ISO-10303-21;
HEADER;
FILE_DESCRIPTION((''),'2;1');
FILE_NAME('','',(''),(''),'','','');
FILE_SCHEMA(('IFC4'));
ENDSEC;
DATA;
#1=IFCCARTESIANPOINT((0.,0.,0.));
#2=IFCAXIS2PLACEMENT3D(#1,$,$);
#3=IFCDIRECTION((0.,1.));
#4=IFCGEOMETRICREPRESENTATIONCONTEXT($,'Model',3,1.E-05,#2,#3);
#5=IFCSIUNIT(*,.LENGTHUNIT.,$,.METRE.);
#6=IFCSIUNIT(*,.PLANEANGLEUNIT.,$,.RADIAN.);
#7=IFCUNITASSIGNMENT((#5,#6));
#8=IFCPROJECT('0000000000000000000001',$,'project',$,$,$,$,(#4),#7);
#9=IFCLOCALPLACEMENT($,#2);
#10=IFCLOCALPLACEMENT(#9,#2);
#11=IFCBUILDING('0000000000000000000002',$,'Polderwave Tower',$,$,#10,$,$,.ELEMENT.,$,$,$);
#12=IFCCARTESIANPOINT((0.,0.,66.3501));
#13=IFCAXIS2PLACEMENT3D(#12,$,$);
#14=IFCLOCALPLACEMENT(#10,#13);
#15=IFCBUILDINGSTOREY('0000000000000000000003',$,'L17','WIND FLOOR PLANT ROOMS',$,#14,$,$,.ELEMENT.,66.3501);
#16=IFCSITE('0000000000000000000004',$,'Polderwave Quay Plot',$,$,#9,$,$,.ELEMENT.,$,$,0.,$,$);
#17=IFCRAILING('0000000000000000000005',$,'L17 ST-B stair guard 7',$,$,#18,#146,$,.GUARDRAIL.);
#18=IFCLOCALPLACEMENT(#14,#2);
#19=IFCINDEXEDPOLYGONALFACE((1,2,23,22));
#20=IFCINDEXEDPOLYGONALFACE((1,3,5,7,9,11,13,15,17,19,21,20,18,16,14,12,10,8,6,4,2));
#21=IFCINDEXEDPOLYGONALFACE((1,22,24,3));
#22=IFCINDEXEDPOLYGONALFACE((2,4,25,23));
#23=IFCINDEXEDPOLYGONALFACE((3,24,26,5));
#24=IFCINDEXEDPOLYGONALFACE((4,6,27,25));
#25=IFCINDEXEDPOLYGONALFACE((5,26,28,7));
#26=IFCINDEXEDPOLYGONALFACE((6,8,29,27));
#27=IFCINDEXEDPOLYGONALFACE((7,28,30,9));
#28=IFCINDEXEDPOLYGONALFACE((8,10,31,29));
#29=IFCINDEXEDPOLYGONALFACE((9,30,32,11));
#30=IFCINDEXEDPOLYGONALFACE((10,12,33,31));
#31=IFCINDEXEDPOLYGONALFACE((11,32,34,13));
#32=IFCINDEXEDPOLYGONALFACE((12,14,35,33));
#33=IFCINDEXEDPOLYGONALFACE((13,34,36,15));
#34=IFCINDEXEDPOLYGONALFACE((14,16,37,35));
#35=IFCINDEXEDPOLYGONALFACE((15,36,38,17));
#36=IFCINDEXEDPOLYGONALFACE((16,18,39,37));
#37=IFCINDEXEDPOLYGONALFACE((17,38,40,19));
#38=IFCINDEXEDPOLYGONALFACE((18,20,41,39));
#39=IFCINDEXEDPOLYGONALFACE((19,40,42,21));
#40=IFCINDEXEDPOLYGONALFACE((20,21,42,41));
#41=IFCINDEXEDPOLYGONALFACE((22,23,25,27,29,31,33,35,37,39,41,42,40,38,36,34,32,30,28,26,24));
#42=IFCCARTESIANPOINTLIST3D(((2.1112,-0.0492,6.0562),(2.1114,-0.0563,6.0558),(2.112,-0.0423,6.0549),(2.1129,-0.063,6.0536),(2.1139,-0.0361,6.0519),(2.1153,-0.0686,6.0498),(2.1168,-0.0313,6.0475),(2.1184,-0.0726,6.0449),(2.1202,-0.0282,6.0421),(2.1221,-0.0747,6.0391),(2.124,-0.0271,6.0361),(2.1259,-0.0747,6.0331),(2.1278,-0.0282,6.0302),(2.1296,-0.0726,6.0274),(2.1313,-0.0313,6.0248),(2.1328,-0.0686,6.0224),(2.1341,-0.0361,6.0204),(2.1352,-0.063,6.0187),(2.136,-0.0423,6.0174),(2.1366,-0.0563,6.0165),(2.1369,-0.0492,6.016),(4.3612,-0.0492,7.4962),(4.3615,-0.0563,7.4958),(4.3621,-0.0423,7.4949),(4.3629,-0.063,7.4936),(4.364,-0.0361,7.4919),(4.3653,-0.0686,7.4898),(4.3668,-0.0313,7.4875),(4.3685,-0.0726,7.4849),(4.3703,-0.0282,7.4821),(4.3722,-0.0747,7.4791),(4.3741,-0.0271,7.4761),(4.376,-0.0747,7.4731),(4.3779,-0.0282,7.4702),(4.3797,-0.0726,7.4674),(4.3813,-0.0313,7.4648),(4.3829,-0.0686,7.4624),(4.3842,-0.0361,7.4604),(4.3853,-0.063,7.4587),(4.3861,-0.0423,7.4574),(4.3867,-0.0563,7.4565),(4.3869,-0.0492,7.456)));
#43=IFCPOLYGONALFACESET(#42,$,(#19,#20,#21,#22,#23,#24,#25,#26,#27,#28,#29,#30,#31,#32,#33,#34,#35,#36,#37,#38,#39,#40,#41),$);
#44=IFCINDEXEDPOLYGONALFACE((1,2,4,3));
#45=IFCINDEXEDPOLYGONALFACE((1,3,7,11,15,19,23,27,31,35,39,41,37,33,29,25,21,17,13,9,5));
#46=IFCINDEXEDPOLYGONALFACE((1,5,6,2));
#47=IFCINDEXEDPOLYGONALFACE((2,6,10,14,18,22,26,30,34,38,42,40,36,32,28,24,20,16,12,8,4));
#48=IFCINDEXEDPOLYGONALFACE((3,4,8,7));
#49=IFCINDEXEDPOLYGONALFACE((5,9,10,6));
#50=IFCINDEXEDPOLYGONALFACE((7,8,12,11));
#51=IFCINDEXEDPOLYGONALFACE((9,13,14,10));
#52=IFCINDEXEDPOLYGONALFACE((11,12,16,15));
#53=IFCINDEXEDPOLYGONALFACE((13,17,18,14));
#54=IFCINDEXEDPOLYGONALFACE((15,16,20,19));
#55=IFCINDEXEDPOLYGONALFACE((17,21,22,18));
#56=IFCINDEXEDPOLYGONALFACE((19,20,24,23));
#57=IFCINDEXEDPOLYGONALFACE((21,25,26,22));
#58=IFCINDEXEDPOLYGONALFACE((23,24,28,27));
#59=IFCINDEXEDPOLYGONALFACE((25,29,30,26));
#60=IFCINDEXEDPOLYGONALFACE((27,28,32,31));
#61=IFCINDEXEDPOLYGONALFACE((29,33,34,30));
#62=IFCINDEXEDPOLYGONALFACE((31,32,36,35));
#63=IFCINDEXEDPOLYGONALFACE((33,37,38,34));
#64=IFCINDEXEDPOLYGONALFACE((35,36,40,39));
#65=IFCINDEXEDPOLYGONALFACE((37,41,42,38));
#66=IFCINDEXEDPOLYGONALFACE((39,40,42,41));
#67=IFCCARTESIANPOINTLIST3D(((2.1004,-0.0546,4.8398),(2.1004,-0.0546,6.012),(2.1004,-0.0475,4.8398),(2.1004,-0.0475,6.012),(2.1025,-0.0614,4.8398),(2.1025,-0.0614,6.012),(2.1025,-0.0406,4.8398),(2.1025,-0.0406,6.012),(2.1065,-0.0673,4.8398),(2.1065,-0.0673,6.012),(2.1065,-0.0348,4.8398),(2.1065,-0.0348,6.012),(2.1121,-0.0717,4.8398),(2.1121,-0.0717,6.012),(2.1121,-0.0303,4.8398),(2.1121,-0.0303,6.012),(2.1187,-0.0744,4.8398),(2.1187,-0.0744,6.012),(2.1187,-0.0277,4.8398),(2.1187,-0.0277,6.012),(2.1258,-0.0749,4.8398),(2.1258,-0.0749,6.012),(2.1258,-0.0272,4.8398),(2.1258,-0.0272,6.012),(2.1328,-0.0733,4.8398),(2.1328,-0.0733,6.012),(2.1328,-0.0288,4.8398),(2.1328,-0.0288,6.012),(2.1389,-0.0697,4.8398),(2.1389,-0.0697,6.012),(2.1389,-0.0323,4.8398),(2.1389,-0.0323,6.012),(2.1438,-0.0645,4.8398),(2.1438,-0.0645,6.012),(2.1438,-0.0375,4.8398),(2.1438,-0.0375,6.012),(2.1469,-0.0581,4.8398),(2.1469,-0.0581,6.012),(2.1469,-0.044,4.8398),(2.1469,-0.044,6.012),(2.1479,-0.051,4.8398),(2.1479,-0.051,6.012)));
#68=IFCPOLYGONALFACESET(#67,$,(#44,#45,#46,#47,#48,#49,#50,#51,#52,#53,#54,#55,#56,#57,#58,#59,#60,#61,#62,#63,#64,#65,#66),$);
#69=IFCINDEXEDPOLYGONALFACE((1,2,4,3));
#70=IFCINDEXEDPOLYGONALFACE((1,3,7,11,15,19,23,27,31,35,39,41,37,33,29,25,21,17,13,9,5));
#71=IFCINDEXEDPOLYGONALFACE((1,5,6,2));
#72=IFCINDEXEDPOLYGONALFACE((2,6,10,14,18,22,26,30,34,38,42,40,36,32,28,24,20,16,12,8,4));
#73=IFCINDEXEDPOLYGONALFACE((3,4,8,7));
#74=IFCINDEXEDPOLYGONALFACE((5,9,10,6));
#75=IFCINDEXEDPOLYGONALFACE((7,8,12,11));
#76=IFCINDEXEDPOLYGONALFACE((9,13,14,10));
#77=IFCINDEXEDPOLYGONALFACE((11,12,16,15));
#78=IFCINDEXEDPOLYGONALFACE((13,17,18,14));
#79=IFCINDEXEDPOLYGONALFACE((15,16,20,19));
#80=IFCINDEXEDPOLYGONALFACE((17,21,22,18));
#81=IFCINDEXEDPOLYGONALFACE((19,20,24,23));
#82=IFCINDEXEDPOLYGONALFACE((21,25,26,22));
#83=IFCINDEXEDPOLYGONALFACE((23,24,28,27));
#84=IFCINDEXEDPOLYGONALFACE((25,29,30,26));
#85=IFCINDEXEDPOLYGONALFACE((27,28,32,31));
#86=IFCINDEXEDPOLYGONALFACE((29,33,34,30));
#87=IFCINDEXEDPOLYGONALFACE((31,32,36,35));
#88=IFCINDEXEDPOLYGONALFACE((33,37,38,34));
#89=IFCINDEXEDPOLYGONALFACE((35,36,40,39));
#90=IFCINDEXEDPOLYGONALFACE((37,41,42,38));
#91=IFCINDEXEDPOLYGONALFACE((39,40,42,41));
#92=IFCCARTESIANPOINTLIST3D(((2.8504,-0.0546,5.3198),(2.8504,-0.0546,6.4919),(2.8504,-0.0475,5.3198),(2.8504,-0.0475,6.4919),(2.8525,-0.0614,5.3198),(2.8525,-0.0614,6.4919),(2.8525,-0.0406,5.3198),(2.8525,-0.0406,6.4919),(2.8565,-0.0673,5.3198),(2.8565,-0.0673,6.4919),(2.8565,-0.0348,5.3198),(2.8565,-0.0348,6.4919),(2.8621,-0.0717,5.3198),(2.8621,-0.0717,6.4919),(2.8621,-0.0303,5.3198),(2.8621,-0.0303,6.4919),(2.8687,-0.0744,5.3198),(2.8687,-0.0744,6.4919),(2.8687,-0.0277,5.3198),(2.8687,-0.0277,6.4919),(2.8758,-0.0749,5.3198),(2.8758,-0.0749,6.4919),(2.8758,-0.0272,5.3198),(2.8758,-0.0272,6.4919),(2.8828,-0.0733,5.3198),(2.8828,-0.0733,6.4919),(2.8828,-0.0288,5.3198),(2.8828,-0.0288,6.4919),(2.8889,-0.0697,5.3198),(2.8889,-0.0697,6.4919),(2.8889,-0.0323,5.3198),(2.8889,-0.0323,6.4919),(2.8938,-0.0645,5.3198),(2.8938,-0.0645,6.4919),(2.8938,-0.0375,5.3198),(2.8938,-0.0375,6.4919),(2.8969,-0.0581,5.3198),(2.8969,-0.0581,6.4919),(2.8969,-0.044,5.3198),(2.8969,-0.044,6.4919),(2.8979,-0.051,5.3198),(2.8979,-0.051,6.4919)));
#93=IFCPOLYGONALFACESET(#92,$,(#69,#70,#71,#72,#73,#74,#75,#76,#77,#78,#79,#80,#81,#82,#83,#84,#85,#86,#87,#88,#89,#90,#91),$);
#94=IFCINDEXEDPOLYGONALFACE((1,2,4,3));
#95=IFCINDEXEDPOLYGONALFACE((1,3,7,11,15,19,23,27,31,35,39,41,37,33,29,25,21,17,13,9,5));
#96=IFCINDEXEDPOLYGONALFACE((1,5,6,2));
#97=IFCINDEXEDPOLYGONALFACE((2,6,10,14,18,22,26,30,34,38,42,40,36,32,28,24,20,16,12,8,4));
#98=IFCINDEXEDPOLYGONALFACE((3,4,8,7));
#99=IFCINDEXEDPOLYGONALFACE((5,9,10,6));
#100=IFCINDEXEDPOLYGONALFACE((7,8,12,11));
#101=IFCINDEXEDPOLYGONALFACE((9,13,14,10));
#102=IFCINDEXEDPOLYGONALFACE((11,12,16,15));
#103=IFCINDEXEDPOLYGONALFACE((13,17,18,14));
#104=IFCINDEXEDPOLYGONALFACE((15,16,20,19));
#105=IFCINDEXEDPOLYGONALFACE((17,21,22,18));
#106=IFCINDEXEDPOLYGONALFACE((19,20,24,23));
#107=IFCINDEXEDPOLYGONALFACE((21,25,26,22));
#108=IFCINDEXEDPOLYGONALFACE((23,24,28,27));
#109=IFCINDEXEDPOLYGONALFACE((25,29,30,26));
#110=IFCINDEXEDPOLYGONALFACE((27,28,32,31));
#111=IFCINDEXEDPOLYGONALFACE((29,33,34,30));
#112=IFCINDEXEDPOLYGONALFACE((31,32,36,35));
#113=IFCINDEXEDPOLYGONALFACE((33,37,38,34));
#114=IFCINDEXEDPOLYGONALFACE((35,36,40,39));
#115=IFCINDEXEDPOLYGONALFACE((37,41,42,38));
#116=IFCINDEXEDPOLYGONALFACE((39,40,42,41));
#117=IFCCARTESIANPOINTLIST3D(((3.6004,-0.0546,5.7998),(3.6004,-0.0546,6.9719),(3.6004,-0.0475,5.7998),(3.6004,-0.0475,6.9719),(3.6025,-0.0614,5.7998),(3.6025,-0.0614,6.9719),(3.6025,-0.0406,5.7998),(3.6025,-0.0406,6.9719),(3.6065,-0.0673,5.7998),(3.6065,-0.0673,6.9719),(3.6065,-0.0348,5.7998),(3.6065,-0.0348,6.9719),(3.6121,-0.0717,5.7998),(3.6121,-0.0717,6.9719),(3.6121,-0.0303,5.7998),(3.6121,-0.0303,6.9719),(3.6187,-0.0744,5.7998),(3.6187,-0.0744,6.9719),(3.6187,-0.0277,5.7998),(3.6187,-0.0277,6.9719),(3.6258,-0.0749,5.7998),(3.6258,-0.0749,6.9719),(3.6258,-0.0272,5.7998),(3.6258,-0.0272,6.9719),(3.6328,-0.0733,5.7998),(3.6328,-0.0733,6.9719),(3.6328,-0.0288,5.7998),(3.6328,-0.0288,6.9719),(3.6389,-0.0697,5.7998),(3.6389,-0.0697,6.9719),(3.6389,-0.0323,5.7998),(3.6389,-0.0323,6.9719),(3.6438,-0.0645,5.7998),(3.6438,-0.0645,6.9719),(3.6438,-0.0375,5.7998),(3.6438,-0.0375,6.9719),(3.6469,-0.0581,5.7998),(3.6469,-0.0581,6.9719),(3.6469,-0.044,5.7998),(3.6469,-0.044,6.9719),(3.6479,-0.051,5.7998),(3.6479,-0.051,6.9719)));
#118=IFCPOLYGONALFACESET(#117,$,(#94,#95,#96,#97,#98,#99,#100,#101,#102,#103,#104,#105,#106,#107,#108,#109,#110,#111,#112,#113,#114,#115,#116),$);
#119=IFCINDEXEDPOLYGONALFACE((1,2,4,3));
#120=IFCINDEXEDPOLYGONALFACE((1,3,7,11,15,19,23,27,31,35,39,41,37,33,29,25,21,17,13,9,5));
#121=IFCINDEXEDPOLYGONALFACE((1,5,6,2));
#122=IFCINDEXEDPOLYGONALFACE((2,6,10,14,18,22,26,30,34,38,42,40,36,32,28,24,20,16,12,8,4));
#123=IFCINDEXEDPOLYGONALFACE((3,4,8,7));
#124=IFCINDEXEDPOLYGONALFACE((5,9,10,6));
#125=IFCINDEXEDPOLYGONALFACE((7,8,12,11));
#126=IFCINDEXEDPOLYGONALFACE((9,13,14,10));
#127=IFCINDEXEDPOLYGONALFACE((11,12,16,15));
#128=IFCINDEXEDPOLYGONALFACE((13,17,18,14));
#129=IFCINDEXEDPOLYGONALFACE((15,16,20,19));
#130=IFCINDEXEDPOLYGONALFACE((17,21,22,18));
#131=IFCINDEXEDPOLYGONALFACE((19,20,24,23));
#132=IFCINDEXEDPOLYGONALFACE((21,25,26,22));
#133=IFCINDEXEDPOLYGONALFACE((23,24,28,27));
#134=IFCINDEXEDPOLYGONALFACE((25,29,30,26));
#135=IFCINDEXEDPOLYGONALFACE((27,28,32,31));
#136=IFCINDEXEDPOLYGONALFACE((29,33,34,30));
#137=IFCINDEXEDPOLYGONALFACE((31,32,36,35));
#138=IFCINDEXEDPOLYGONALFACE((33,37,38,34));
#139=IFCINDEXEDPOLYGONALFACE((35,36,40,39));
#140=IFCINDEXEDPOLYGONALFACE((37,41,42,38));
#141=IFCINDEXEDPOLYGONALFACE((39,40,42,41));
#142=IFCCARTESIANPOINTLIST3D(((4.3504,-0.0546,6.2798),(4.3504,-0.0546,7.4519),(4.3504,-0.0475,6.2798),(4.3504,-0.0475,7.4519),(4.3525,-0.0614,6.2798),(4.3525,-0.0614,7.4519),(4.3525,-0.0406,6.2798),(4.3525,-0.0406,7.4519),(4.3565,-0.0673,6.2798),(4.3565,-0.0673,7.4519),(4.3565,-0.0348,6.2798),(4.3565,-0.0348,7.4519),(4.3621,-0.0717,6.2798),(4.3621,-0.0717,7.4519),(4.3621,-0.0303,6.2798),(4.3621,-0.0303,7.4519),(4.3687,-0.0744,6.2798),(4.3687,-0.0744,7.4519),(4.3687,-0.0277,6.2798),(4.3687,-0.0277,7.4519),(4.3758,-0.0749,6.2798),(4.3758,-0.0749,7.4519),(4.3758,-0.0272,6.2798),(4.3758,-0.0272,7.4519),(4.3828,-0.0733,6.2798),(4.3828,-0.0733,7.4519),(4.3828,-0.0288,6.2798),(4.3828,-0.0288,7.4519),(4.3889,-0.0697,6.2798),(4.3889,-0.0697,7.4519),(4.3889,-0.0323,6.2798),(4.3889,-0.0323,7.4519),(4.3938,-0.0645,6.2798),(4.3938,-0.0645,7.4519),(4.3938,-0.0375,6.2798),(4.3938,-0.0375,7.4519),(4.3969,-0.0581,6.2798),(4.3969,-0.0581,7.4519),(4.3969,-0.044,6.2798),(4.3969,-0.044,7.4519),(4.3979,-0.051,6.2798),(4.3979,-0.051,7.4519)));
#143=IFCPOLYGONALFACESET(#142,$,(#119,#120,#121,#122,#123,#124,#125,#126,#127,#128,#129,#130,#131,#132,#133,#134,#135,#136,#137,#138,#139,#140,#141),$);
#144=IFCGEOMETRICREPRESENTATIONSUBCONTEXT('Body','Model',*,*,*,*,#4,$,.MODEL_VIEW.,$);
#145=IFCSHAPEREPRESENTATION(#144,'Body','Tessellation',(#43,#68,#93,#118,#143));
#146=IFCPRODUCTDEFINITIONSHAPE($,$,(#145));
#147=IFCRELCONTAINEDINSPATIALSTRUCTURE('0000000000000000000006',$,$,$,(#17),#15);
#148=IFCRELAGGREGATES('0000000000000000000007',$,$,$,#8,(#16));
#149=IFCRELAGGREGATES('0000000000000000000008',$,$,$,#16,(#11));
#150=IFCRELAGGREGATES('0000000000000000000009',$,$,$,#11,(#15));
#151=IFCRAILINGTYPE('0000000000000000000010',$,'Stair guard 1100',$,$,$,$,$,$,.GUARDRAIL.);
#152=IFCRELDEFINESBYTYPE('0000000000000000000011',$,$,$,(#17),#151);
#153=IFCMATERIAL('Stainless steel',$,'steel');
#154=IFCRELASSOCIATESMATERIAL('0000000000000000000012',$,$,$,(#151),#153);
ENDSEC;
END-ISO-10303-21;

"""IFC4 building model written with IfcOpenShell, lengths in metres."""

from ifc_helpers import new_model, si_unit, direction, frame, origin, origin_2d, place, context, subcontext, project, spatial, circle, extrude, material, type_object, element, save


model = new_model("IFC4")

# Units and contexts
model_context = context("Model", 3, precision=1e-05, world=origin(), true_north=direction((0.0, 1.0)))
body_context = subcontext(model_context, "Body", "Model", "MODEL_VIEW")
ifc_project = project(units=[si_unit("LENGTHUNIT", "METRE"), si_unit("PLANEANGLEUNIT", "RADIAN")], contexts=[model_context])

# Site, building, storey
site_placement = place(None, origin())
site = spatial("IfcSite", under=ifc_project, at=site_placement, Name="Polderwave Quay Plot", CompositionType="ELEMENT", RefElevation=0.0)
building_placement = place(site_placement, origin())
building = spatial("IfcBuilding", under=site, at=building_placement, Name="Polderwave Tower", CompositionType="ELEMENT")
storey_placement = place(building_placement, frame((0.0, 0.0, 66.3501)))
storey = spatial("IfcBuildingStorey", under=building, at=storey_placement, Name="L17", Description="WIND FLOOR PLANT ROOMS", CompositionType="ELEMENT", Elevation=66.3501)

# Railing
ifc_material_1 = material(Name="Stainless steel", Category="steel")
railing_type_1 = type_object("IfcRailingType", Name="Stair guard 1100", PredefinedType="GUARDRAIL", material=ifc_material_1)
for number, where, name in (
    (1, (2.124, -0.051, 4.8398), "L17 ST-B stair guard 7"),
):
    element("IfcRailing", number, at=place(storey_placement, frame(where)), inside=storey, type_object=railing_type_1, Name=name, PredefinedType="GUARDRAIL", context=body_context, shape_type="SweptSolid", body=[
        extrude(circle(Radius=0.0239, at=origin_2d()), frame((0.0, 0.0, 1.1963), z_axis=(0.842281, 0.0, 0.539038), x_axis=(0.0, 1.0, 0.0)), (0.0, 0.0, 1.0), 2.6714),
        extrude(circle(Radius=0.0239, at=origin_2d()), origin(), (0.0, 0.0, 1.0), 1.1721),
        extrude(circle(Radius=0.0239, at=origin_2d()), frame((0.75, 0.0, 0.48)), (0.0, 0.0, 1.0), 1.1721),
        extrude(circle(Radius=0.0239, at=origin_2d()), frame((1.5, 0.0, 0.96)), (0.0, 0.0, 1.0), 1.1721),
        extrude(circle(Radius=0.0239, at=origin_2d()), frame((2.25, 0.0, 1.4399)), (0.0, 0.0, 1.0), 1.1721),
    ])

save(model, "model.ifc")
